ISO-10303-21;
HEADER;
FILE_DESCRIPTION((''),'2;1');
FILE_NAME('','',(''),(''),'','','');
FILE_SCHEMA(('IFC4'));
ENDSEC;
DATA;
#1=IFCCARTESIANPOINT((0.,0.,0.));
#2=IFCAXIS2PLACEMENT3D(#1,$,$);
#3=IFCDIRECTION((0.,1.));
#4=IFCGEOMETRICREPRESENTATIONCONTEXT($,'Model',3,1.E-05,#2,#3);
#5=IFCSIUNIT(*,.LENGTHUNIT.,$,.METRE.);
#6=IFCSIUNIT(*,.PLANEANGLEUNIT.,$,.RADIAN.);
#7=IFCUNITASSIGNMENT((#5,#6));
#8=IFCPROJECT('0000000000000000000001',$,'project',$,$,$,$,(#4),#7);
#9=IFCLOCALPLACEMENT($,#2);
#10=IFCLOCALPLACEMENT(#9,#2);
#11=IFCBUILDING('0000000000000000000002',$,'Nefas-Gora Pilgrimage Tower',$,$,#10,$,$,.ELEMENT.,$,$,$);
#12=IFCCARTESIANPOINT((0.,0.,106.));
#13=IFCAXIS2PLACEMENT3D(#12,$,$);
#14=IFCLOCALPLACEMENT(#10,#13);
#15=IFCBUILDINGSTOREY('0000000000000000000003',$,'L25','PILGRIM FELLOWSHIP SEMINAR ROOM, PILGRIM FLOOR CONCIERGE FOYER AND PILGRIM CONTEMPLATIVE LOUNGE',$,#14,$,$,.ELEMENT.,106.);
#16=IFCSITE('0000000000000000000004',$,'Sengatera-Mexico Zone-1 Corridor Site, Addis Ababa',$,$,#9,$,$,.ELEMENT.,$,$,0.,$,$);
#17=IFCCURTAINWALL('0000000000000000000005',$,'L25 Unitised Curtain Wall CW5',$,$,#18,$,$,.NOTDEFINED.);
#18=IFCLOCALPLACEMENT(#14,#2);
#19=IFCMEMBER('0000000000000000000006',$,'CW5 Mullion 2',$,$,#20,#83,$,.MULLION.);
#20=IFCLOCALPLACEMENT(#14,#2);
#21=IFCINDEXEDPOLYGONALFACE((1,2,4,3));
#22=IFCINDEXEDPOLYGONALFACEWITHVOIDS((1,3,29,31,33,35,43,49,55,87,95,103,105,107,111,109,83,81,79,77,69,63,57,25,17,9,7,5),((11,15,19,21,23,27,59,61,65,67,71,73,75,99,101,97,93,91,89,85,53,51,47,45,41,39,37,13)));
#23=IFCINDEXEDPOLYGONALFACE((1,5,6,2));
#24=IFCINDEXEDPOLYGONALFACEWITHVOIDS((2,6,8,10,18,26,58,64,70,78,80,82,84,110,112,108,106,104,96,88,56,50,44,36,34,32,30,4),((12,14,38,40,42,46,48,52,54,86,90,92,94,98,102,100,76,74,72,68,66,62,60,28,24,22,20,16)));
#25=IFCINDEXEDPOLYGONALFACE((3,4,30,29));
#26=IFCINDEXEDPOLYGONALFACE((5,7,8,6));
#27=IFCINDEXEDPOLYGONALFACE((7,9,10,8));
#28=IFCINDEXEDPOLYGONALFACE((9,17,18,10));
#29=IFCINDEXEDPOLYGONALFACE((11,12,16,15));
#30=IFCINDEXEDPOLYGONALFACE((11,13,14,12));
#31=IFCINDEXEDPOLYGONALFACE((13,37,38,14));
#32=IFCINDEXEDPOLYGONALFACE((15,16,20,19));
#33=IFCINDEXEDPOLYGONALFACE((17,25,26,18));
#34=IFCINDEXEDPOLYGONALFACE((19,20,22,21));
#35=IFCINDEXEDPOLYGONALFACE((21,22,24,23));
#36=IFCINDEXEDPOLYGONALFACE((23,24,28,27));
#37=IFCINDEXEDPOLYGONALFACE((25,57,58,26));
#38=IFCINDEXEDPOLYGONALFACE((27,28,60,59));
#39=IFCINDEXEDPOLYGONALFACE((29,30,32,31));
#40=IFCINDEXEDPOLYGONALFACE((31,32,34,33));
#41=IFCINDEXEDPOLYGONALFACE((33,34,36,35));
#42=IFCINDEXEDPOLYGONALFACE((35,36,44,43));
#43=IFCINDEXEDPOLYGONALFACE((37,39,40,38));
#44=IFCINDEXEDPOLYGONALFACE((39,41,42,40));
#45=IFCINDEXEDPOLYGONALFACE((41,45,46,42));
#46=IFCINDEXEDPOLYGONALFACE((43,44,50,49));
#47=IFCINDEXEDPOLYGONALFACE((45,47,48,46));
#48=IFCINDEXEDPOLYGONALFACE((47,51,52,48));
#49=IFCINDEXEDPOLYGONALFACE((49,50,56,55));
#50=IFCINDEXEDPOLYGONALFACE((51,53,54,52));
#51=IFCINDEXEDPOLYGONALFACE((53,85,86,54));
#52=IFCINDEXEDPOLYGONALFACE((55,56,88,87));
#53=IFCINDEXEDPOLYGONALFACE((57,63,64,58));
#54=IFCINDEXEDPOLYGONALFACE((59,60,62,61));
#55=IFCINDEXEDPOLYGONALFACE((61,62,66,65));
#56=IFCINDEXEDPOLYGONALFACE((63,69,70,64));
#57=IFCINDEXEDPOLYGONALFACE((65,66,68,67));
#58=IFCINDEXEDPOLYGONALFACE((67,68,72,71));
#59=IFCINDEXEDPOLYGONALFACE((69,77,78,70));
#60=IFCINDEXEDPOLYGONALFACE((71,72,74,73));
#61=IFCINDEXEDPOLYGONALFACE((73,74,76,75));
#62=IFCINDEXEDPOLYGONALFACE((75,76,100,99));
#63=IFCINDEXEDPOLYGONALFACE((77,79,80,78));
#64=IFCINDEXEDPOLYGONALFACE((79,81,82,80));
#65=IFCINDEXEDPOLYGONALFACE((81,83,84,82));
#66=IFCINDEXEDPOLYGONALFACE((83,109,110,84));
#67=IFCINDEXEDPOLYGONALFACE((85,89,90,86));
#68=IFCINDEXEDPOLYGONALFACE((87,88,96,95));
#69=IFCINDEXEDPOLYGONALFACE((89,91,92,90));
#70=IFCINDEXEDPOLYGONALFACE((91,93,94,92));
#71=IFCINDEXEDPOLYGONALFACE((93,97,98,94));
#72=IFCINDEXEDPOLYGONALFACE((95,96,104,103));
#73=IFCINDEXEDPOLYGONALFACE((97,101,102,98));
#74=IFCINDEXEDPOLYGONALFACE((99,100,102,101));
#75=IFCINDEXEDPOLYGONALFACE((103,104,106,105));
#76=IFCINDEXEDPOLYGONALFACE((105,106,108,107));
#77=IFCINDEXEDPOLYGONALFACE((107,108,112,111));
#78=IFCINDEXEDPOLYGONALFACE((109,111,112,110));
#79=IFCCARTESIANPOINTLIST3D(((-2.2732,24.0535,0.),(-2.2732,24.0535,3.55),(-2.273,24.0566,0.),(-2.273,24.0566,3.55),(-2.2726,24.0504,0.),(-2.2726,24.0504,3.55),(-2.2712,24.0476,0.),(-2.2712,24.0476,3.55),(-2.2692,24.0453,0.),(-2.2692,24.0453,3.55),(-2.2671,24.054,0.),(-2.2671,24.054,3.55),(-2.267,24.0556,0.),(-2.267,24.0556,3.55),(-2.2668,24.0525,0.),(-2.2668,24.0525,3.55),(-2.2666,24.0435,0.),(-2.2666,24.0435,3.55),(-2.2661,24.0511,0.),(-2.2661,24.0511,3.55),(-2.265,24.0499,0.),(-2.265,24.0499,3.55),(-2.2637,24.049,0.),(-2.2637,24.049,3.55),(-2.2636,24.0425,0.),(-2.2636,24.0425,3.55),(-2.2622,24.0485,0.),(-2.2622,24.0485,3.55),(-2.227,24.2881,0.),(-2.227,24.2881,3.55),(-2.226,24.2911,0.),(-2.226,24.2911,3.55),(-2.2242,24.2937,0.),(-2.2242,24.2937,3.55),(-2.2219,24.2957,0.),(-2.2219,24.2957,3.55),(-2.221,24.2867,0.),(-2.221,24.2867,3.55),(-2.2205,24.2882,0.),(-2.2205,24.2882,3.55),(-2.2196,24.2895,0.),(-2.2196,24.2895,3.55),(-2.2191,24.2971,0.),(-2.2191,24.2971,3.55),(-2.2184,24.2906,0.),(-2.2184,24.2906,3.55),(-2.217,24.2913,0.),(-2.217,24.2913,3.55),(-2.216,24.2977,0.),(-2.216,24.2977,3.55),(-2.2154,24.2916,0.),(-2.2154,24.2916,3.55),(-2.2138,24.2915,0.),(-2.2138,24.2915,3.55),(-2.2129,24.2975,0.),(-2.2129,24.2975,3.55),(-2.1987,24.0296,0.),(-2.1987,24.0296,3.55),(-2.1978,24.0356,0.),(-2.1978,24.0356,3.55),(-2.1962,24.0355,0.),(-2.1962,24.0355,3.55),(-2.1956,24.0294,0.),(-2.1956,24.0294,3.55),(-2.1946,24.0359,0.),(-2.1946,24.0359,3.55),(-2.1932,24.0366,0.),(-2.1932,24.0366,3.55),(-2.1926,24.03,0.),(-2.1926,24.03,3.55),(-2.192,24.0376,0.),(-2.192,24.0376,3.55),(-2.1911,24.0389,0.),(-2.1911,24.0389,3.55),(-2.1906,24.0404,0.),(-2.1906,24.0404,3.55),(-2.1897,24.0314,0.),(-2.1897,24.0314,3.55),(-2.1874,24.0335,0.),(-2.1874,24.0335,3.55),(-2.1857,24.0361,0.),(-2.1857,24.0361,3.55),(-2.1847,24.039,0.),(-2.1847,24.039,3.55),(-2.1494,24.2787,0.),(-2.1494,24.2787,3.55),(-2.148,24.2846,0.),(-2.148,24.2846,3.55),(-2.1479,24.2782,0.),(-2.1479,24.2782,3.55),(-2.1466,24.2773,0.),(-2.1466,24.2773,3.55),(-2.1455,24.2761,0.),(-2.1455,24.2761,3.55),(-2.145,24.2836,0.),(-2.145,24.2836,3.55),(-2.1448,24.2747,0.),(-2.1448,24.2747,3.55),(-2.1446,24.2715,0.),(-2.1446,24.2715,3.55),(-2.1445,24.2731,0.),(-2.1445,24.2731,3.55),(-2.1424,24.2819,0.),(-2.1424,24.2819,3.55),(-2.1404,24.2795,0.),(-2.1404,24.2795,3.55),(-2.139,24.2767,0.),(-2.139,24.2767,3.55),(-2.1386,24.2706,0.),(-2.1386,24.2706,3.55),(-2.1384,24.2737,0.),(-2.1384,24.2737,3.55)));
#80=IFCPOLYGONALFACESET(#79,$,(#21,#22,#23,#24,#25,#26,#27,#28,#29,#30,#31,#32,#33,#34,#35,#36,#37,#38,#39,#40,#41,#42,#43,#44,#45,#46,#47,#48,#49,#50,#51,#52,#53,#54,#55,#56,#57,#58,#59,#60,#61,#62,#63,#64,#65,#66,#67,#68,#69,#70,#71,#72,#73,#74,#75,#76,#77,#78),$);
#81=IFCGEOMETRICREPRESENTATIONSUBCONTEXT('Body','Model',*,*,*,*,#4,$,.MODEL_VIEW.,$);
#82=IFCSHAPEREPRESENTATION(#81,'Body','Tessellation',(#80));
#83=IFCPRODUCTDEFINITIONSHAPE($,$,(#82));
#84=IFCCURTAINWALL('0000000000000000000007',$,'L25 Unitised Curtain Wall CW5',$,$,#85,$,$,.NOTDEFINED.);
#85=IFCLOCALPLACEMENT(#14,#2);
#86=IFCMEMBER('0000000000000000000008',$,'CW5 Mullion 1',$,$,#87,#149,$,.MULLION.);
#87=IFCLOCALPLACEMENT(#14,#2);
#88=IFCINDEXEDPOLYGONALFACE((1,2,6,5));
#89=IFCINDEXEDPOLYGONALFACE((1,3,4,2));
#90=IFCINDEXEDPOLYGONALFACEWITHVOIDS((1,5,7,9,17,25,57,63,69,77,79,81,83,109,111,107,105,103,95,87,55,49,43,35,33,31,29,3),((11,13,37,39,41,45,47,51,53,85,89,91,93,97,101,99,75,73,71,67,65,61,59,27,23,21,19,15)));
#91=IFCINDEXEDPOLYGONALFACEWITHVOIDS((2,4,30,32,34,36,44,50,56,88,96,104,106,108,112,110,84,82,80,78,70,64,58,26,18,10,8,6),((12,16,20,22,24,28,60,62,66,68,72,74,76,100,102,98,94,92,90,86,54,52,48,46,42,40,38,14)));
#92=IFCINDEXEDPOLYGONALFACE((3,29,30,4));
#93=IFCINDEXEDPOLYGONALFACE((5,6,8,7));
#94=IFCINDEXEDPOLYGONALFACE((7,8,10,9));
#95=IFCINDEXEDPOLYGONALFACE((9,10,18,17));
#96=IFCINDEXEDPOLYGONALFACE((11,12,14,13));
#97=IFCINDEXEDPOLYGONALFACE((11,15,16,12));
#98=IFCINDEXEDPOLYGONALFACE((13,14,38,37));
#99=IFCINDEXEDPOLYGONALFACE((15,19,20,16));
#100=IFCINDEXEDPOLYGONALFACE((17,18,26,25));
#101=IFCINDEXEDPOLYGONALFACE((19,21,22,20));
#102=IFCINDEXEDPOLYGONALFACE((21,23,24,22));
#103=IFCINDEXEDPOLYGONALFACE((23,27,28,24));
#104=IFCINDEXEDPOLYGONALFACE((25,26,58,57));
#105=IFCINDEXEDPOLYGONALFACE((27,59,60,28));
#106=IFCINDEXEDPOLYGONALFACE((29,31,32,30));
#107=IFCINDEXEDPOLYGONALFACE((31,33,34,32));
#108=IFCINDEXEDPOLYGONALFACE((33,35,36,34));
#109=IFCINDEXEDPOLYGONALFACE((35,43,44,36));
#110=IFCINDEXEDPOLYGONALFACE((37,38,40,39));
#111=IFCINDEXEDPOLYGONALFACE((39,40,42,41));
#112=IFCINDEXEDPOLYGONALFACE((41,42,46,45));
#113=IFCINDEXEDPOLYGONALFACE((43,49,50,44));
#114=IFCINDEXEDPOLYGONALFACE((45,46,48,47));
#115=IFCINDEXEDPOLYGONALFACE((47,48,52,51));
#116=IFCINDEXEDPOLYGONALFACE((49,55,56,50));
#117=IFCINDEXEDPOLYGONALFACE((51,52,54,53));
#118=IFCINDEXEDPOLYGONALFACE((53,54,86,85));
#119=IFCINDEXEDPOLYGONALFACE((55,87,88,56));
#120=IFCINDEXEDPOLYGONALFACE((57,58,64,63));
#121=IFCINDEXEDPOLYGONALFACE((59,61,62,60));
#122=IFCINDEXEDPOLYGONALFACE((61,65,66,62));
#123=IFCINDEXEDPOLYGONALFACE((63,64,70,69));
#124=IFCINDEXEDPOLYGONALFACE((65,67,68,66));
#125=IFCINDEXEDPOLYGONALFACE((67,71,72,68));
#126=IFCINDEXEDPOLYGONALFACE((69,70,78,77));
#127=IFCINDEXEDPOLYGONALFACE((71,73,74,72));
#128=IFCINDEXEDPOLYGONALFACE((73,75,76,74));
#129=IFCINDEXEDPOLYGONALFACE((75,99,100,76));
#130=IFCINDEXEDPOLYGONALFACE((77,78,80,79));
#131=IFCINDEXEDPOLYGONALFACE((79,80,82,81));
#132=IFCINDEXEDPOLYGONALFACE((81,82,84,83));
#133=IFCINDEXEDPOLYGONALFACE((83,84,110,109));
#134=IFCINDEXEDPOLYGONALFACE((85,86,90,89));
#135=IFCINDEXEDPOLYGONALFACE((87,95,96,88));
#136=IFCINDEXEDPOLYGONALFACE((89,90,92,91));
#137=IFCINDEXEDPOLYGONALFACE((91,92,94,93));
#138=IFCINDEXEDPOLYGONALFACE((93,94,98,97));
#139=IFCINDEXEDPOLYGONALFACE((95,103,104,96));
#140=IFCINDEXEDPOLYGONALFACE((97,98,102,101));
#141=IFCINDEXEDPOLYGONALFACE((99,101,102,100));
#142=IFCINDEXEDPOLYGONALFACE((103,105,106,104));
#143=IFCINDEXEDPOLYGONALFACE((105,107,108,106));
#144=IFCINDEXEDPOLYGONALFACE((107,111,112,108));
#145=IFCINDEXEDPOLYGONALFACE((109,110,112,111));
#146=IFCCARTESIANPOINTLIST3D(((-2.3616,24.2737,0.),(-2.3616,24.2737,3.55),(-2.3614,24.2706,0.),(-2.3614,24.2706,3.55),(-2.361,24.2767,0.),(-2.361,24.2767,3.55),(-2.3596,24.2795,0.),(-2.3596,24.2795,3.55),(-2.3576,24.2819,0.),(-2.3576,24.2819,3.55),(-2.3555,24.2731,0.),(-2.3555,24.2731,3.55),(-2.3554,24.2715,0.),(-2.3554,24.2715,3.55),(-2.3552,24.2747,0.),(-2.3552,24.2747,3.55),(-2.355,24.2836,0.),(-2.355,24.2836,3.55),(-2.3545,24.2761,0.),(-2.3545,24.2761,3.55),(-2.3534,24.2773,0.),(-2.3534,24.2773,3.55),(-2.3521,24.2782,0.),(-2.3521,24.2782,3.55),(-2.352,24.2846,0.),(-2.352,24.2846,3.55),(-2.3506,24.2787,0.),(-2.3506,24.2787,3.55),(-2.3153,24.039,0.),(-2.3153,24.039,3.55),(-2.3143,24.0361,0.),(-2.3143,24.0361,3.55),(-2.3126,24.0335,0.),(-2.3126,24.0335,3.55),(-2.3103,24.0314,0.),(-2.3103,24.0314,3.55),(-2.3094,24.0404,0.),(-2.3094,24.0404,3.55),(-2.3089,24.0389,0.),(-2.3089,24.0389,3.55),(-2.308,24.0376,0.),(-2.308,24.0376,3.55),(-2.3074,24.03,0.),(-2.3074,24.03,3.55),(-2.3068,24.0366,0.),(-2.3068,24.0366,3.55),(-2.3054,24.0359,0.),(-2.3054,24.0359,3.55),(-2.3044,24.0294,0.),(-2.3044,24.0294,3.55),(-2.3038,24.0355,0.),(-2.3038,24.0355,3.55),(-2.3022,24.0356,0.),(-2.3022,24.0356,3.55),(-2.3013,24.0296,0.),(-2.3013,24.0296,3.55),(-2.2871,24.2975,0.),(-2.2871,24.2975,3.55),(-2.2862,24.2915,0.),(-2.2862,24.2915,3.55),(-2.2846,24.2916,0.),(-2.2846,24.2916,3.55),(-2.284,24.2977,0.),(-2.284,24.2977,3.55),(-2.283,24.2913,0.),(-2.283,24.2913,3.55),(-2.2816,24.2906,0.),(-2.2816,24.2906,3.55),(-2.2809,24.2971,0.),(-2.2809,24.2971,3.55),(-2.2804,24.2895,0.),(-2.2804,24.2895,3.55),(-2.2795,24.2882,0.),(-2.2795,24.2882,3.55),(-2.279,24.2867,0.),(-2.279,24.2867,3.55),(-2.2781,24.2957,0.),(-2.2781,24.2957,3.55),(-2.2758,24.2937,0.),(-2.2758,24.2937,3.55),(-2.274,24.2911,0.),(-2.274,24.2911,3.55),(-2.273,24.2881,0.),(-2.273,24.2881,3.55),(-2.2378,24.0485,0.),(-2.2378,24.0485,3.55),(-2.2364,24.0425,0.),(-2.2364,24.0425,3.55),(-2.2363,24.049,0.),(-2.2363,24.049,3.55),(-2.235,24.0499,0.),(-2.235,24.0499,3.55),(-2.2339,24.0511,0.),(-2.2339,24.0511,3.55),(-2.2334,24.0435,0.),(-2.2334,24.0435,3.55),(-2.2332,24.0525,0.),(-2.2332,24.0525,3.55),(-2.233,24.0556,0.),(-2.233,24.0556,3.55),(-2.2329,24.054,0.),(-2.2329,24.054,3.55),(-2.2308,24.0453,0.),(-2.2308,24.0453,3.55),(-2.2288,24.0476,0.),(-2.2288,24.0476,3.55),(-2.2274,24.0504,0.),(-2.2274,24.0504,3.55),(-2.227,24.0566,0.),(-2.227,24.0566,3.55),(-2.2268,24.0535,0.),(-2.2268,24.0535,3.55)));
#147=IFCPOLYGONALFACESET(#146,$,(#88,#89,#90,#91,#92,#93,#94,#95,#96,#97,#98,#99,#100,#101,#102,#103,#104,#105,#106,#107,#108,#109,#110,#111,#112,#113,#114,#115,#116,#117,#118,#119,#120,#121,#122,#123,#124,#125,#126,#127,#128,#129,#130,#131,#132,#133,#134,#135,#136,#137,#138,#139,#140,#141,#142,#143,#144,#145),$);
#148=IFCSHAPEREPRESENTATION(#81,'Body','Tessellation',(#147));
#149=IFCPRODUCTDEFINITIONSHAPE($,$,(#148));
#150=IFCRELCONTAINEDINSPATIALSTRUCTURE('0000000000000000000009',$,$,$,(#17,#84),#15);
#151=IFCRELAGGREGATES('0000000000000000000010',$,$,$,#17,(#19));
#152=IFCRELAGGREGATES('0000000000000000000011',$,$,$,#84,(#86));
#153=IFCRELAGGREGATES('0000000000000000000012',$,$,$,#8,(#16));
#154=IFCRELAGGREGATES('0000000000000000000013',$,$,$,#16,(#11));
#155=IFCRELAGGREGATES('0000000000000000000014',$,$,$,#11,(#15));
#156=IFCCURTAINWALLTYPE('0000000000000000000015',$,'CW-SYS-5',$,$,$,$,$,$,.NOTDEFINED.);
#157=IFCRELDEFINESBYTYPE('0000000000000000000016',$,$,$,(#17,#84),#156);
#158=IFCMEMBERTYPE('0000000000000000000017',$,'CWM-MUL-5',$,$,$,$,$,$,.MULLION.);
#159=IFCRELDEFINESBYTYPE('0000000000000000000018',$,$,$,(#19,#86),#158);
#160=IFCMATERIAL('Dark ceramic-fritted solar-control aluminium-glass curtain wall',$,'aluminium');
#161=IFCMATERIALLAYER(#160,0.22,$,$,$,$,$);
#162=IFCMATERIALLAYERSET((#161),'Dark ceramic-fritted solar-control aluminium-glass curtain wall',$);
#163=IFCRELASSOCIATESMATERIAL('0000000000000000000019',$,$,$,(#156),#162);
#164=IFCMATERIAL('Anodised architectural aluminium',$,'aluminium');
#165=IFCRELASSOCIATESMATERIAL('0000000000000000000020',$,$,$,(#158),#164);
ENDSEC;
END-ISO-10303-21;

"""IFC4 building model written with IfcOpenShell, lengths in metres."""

from ifc_helpers import new_model, si_unit, direction, frame, origin, origin_2d, place, context, subcontext, project, spatial, hollow_rectangle, extrude, source, transform, mapped, material, layer, layer_set, material_profile, profile_set, type_object, element, aggregate, save


model = new_model("IFC4")

# Units and contexts
model_context = context("Model", 3, precision=1e-05, world=origin(), true_north=direction((0.0, 1.0)))
body_context = subcontext(model_context, "Body", "Model", "MODEL_VIEW")
ifc_project = project(units=[si_unit("LENGTHUNIT", "METRE"), si_unit("PLANEANGLEUNIT", "RADIAN")], contexts=[model_context])

# Site, building, storey
site_placement = place(None, origin())
site = spatial("IfcSite", under=ifc_project, at=site_placement, Name="Sengatera-Mexico Zone-1 Corridor Site, Addis Ababa", CompositionType="ELEMENT", RefElevation=0.0)
building_placement = place(site_placement, origin())
building = spatial("IfcBuilding", under=site, at=building_placement, Name="Nefas-Gora Pilgrimage Tower", CompositionType="ELEMENT")
storey_placement = place(building_placement, frame((0.0, 0.0, 106.0)))
storey = spatial("IfcBuildingStorey", under=building, at=storey_placement, Name="L25", Description="PILGRIM FELLOWSHIP SEMINAR ROOM, PILGRIM FLOOR CONCIERGE FOYER AND PILGRIM CONTEMPLATIVE LOUNGE", CompositionType="ELEMENT", Elevation=106.0)

# Curtain wall, member
ifc_material_1 = material(Name="Dark ceramic-fritted solar-control aluminium-glass curtain wall", Category="aluminium")
ifc_layer_1 = layer(ifc_material_1, 0.22)
ifc_layer_set_1 = layer_set([ifc_layer_1], Name="Dark ceramic-fritted solar-control aluminium-glass curtain wall")
curtain_wall_type = type_object("IfcCurtainWallType", Name="CW-SYS-5", PredefinedType="NOTDEFINED", material=ifc_layer_set_1)
curtain_wall_1_placement = place(storey_placement, origin())
curtain_wall_1 = element("IfcCurtainWall", 1, at=curtain_wall_1_placement, inside=storey, type_object=curtain_wall_type, Name="L25 Unitised Curtain Wall CW5", PredefinedType="NOTDEFINED")
ifc_material_2 = material(Name="Anodised architectural aluminium", Category="aluminium")
ifc_material_profile_1 = material_profile(ifc_material_2, hollow_rectangle(XDim=0.0901, YDim=0.26, WallThickness=0.0061, InnerFilletRadius=0.0061, OuterFilletRadius=0.012, at=origin_2d()), Name="ALU MULLION 90x260")
ifc_profile_set_1 = profile_set([ifc_material_profile_1], Name="Anodised architectural aluminium")
member_type_1 = type_object("IfcMemberType", Name="CWM-MUL-5", PredefinedType="MULLION", material=ifc_profile_set_1)
shared_shape_1 = source(origin(), body_context, "Body", "SweptSolid", [
    extrude(hollow_rectangle(XDim=0.0901, YDim=0.26, WallThickness=0.0061, InnerFilletRadius=0.0061, OuterFilletRadius=0.012, at=origin_2d()), origin(), (0.0, 0.0, 1.0), 3.55),
])
member_1_placement = place(storey_placement, frame((-2.2058, 24.1636, 0.0), z_axis=(0.0, 0.0, 1.0), x_axis=(-0.980783, 0.195102, 0.0)))
member_1 = element("IfcMember", 2, at=member_1_placement, type_object=member_type_1, Name="CW5 Mullion 2", PredefinedType="MULLION", context=body_context, shape_type="MappedRepresentation", body=[
    mapped(shared_shape_1, transform((0.0, 0.0, 0.0), x_axis=(1.0, 0.0, 0.0), y_axis=(0.0, 1.0, 0.0), z_axis=(0.0, 0.0, 1.0), scale=1.0)),
])

# Curtain wall, member
curtain_wall_2_placement = place(storey_placement, origin())
curtain_wall_2 = element("IfcCurtainWall", 3, at=curtain_wall_2_placement, inside=storey, type_object=curtain_wall_type, Name="L25 Unitised Curtain Wall CW5", PredefinedType="NOTDEFINED")
member_2_placement = place(storey_placement, frame((-2.2942, 24.1636, 0.0), z_axis=(0.0, 0.0, 1.0), x_axis=(-0.980783, -0.195102, 0.0)))
member_2 = element("IfcMember", 4, at=member_2_placement, type_object=member_type_1, Name="CW5 Mullion 1", PredefinedType="MULLION", context=body_context, shape_type="MappedRepresentation", body=[
    mapped(shared_shape_1, transform((0.0, 0.0, 0.0), x_axis=(1.0, 0.0, 0.0), y_axis=(0.0, 1.0, 0.0), z_axis=(0.0, 0.0, 1.0), scale=1.0)),
])

aggregate(curtain_wall_1, [member_1])
aggregate(curtain_wall_2, [member_2])

save(model, "model.ifc")
